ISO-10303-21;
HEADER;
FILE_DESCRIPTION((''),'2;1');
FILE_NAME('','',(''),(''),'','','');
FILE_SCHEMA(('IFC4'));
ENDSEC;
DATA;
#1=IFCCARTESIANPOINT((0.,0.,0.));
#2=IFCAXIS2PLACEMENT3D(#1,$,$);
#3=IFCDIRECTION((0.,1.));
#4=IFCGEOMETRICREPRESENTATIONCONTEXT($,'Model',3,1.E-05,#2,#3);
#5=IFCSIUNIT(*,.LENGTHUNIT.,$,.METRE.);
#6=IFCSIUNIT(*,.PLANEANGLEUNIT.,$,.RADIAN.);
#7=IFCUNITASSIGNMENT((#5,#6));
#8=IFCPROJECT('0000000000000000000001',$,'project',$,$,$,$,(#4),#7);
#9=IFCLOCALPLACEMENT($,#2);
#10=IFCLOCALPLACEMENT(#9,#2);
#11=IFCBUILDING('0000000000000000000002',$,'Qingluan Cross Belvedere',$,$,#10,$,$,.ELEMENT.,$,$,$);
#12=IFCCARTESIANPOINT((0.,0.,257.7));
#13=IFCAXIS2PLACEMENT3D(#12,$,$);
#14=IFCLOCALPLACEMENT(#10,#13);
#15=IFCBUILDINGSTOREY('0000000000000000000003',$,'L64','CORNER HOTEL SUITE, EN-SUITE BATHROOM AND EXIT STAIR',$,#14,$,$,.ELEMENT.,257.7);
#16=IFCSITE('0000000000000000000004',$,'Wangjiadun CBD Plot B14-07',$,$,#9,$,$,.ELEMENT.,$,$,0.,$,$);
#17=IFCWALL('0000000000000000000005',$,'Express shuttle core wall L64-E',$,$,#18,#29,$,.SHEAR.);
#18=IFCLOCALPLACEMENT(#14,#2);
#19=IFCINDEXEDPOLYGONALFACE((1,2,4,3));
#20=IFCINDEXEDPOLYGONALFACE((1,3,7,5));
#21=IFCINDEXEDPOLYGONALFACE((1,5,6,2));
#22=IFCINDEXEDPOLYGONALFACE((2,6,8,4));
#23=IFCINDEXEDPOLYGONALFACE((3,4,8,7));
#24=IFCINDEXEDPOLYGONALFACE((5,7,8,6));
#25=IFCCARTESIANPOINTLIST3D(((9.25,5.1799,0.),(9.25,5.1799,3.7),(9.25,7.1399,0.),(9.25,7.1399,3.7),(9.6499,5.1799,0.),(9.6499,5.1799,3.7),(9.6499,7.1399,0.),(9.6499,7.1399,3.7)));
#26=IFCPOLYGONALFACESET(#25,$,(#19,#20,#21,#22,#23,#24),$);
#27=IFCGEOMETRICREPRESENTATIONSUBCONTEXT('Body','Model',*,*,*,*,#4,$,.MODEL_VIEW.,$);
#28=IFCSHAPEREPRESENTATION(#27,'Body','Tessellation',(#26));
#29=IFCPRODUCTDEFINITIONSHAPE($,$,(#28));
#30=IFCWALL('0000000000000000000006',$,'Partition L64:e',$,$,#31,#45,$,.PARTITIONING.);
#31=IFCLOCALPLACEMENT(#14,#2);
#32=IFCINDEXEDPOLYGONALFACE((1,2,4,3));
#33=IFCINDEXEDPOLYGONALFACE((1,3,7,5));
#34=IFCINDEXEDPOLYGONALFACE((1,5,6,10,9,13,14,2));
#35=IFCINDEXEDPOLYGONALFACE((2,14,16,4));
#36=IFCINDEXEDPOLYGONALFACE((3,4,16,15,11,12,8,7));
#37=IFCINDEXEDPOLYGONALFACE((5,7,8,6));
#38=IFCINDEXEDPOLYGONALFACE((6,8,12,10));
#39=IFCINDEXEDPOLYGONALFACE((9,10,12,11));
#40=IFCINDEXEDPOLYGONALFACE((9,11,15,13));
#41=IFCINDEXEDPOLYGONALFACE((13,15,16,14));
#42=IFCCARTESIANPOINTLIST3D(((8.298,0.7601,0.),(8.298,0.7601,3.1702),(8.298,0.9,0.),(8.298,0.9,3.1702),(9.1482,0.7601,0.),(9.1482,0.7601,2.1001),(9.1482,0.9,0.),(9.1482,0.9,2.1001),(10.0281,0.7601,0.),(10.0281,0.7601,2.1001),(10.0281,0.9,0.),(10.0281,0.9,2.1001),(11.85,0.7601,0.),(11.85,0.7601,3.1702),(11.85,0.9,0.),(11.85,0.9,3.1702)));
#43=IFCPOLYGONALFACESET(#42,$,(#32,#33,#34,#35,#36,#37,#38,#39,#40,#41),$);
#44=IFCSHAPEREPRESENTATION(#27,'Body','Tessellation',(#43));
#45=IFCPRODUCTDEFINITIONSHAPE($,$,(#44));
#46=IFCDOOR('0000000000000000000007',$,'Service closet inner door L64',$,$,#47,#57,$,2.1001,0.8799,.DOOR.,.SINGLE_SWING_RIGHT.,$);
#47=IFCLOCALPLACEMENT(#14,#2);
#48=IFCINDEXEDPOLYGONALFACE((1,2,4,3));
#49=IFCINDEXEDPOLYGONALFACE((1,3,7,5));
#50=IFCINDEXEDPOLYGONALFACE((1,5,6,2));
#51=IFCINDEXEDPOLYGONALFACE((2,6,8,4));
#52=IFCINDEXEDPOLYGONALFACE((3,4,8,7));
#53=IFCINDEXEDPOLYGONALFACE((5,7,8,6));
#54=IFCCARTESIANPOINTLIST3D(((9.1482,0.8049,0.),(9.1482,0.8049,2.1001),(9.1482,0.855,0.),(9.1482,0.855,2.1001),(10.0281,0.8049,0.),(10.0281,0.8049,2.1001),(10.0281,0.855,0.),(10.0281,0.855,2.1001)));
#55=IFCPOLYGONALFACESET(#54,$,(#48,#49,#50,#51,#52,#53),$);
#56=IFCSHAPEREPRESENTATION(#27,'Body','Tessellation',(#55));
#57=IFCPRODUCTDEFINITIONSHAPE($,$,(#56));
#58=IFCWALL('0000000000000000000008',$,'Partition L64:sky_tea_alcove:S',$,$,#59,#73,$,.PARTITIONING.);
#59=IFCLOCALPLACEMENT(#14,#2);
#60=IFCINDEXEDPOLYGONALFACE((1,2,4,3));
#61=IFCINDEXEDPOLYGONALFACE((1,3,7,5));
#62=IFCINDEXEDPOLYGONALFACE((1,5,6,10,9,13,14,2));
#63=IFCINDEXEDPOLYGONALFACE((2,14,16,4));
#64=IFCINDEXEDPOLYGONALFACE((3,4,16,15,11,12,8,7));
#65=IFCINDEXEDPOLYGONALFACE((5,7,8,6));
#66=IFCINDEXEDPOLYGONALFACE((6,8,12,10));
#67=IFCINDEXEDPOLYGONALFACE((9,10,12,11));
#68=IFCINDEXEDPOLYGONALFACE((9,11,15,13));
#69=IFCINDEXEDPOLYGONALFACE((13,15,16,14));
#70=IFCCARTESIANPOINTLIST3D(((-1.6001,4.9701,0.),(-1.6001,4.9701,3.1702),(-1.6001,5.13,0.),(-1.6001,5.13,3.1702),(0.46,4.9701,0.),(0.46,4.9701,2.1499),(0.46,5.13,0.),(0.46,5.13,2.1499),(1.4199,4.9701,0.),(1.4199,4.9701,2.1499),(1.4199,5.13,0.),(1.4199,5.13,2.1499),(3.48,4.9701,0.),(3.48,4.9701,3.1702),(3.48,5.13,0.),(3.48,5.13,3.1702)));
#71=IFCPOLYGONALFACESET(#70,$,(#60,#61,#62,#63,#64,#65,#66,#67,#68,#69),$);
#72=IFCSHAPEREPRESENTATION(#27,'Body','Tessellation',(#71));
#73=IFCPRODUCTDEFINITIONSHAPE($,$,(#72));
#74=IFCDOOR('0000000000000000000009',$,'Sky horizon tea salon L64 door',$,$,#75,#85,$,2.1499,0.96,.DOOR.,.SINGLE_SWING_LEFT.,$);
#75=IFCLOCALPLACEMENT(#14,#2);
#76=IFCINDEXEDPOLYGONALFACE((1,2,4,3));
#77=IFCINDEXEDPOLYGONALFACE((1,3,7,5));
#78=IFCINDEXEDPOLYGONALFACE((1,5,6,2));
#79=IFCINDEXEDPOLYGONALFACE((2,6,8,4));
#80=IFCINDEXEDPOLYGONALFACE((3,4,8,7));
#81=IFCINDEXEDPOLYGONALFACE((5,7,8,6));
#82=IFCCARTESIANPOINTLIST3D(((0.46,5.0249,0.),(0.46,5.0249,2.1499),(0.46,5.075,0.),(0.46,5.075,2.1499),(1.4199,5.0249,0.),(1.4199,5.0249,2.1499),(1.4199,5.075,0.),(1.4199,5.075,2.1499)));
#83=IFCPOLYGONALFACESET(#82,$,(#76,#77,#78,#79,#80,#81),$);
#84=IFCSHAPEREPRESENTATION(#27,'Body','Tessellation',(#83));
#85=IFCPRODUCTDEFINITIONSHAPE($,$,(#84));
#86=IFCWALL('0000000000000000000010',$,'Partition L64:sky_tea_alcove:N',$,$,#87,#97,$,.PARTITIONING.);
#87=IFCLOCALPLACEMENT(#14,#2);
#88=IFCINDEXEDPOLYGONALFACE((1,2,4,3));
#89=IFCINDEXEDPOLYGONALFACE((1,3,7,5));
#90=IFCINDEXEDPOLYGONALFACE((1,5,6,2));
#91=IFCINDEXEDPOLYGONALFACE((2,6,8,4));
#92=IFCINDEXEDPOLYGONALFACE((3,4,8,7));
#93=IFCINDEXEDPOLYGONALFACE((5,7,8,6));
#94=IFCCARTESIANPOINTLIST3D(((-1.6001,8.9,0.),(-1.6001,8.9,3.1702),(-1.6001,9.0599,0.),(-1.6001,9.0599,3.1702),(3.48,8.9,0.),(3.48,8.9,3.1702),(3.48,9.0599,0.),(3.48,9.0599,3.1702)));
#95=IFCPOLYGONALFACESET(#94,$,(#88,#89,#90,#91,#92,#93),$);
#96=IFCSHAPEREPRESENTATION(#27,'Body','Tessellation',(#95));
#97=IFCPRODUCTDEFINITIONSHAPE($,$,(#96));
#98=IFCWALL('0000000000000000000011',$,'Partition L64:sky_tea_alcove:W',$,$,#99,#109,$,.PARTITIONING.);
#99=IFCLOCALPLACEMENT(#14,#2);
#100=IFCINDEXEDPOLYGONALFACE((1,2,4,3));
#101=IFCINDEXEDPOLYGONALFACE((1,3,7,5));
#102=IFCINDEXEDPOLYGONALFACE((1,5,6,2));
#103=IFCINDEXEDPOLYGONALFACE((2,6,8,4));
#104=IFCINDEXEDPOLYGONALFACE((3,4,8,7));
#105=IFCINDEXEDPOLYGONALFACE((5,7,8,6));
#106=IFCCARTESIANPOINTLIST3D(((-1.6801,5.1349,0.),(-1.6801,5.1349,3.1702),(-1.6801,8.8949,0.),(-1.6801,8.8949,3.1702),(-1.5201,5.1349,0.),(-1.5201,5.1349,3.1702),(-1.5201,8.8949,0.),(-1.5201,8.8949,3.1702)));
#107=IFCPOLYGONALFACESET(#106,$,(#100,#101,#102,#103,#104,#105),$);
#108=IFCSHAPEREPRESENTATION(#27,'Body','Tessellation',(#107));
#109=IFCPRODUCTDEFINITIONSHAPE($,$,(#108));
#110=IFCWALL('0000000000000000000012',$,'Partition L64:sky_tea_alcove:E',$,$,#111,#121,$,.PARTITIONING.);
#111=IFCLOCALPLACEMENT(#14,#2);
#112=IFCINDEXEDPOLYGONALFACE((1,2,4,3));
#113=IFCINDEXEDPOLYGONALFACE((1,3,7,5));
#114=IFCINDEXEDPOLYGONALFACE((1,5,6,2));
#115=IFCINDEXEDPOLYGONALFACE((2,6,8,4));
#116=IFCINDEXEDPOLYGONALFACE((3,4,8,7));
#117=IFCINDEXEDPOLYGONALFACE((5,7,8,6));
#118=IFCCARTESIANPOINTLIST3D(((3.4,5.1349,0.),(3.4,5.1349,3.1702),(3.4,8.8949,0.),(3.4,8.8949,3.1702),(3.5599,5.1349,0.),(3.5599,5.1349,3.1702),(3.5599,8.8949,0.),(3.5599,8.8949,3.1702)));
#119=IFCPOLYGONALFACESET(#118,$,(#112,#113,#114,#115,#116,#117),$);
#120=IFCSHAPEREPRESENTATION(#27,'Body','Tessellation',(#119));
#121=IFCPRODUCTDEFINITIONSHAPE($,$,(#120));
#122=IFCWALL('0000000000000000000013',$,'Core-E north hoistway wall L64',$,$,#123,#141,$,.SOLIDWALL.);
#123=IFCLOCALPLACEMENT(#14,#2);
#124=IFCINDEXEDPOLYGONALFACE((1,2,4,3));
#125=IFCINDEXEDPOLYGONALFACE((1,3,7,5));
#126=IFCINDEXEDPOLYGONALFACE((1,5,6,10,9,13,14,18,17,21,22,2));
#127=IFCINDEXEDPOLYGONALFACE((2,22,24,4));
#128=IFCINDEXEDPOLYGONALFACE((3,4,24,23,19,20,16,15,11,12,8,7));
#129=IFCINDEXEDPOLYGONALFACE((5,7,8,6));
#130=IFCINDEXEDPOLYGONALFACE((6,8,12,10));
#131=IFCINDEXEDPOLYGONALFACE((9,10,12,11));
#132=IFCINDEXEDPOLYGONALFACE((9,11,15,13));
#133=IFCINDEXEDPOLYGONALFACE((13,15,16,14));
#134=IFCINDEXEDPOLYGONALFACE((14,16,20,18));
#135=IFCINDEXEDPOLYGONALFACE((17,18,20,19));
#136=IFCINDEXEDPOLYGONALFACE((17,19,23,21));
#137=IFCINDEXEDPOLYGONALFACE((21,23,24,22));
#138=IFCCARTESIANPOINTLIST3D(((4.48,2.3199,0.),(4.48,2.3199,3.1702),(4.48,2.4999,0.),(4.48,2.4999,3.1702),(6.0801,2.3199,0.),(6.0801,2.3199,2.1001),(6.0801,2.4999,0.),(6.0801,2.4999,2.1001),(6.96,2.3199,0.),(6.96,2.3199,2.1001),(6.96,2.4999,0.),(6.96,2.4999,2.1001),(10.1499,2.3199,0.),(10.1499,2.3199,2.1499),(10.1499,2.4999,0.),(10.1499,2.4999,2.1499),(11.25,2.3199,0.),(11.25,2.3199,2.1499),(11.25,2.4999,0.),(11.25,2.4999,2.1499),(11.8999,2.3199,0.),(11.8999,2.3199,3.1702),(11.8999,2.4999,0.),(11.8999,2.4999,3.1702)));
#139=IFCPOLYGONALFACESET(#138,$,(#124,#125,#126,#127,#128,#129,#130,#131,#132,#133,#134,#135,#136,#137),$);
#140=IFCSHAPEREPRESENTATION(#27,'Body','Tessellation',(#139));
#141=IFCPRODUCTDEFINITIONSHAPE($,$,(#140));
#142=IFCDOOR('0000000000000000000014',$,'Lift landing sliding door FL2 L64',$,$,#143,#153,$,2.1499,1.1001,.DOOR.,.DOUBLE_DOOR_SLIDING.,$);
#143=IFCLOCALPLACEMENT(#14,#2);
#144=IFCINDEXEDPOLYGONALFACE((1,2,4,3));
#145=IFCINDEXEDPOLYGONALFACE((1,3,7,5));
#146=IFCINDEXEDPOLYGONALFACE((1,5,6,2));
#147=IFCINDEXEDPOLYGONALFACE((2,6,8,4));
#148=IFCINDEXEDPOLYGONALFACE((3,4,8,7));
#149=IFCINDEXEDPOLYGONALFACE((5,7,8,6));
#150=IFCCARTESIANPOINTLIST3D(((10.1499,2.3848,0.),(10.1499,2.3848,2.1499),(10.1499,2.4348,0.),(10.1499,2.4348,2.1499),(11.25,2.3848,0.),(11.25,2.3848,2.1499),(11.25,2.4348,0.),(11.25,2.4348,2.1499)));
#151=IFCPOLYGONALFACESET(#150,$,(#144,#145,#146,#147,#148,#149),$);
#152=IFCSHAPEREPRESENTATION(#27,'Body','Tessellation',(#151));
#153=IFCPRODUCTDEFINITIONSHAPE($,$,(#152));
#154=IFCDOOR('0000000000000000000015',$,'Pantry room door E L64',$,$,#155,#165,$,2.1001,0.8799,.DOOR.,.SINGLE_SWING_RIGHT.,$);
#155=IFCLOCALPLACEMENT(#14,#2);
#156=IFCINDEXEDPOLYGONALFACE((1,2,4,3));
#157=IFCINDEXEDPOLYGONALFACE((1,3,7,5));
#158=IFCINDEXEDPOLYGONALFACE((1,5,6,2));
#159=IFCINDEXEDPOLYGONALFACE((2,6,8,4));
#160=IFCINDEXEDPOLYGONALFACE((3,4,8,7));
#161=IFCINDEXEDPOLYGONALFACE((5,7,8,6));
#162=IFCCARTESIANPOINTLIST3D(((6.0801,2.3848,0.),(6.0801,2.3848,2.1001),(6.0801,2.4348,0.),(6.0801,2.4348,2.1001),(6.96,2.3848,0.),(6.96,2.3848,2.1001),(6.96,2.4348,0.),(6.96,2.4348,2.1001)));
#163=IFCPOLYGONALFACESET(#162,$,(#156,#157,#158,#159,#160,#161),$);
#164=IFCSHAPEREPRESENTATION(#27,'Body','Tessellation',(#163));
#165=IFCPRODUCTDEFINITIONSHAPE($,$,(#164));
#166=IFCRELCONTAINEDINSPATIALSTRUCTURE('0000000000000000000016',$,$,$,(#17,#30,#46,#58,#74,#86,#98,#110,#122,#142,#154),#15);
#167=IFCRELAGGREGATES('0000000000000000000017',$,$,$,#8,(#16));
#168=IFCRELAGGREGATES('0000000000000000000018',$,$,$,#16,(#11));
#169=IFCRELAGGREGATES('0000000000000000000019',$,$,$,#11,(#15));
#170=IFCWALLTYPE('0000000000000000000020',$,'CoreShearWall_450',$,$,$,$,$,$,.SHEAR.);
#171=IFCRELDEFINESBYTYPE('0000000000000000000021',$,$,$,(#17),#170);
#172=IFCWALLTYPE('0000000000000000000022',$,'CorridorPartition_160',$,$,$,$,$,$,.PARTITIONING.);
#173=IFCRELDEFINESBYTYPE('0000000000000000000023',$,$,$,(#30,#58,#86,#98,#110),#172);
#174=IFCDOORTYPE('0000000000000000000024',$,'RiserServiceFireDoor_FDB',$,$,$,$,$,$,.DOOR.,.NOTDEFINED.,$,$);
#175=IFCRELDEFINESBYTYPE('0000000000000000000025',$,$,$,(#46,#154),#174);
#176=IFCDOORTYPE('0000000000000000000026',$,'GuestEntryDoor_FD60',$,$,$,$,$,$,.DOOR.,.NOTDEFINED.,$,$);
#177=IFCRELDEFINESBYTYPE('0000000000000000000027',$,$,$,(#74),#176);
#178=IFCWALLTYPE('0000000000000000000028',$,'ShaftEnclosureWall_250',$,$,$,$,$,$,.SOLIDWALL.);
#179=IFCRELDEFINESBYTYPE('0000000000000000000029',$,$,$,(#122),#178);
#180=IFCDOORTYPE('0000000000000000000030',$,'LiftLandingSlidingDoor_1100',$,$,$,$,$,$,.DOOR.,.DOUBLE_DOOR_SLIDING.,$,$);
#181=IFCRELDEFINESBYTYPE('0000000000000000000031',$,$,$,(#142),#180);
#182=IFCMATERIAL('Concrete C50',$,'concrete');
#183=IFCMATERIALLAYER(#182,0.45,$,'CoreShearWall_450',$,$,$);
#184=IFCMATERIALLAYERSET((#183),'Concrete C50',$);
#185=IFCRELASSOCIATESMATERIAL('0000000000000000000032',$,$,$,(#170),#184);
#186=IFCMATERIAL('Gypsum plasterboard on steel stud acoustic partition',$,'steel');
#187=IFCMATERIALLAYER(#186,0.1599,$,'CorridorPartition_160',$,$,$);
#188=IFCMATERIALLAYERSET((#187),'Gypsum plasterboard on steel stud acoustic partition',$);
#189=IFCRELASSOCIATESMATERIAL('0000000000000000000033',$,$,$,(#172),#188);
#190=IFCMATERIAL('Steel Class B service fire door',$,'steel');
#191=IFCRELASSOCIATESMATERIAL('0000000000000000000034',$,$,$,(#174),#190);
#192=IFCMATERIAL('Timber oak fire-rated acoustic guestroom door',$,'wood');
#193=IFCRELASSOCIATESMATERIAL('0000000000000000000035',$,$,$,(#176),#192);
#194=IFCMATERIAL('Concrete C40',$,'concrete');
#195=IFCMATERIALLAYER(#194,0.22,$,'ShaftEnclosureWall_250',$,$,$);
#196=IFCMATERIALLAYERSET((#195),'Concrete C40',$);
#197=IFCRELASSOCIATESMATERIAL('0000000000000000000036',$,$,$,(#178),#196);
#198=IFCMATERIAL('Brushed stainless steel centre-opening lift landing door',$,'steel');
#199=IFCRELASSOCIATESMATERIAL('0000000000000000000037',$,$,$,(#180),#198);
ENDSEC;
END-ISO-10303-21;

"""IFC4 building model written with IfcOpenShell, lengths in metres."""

from ifc_helpers import new_model, si_unit, direction, frame, frame_2d, origin, place, context, subcontext, project, spatial, rectangle, extrude, material, layer, layer_set, type_object, element, fill, save


model = new_model("IFC4")

# Units and contexts
model_context = context("Model", 3, precision=1e-05, world=origin(), true_north=direction((0.0, 1.0)))
body_context = subcontext(model_context, "Body", "Model", "MODEL_VIEW")
ifc_project = project(units=[si_unit("LENGTHUNIT", "METRE"), si_unit("PLANEANGLEUNIT", "RADIAN")], contexts=[model_context])

# Site, building, storey
site_placement = place(None, origin())
site = spatial("IfcSite", under=ifc_project, at=site_placement, Name="Wangjiadun CBD Plot B14-07", CompositionType="ELEMENT", RefElevation=0.0)
building_placement = place(site_placement, origin())
building = spatial("IfcBuilding", under=site, at=building_placement, Name="Qingluan Cross Belvedere", CompositionType="ELEMENT")
storey_placement = place(building_placement, frame((0.0, 0.0, 257.7)))
storey = spatial("IfcBuildingStorey", under=building, at=storey_placement, Name="L64", Description="CORNER HOTEL SUITE, EN-SUITE BATHROOM AND EXIT STAIR", CompositionType="ELEMENT", Elevation=257.7)

# Wall
ifc_material_1 = material(Name="Concrete C50", Category="concrete")
ifc_layer_1 = layer(ifc_material_1, 0.45, Name="CoreShearWall_450")
ifc_layer_set_1 = layer_set([ifc_layer_1], Name="Concrete C50")
wall_type_1 = type_object("IfcWallType", Name="CoreShearWall_450", PredefinedType="SHEAR", material=ifc_layer_set_1)
wall_1_placement = place(storey_placement, frame((9.45, 5.1799, 0.0), z_axis=(0.0, 0.0, 1.0), x_axis=(0.0, 1.0, 0.0)))
element("IfcWall", 1, at=wall_1_placement, inside=storey, type_object=wall_type_1, Name="Express shuttle core wall L64-E", PredefinedType="SHEAR", context=body_context, shape_type="SweptSolid", body=[
    extrude(rectangle(XDim=1.96, YDim=0.3999, at=frame_2d((0.98, 0.0))), origin(), (0.0, 0.0, 1.0), 3.7),
])

# Walls, openings, doors
ifc_material_2 = material(Name="Gypsum plasterboard on steel stud acoustic partition", Category="steel")
ifc_layer_2 = layer(ifc_material_2, 0.1599, Name="CorridorPartition_160")
ifc_layer_set_2 = layer_set([ifc_layer_2], Name="Gypsum plasterboard on steel stud acoustic partition")
wall_type_2 = type_object("IfcWallType", Name="CorridorPartition_160", PredefinedType="PARTITIONING", material=ifc_layer_set_2)
wall_2_placement = place(storey_placement, frame((8.2981, 0.8301, 0.0), z_axis=(0.0, 0.0, 1.0), x_axis=(1.0, 0.0, 0.0)))
wall_2 = element("IfcWall", 2, at=wall_2_placement, inside=storey, type_object=wall_type_2, Name="Partition L64:e", PredefinedType="PARTITIONING", context=body_context, shape_type="SweptSolid", body=[
    extrude(rectangle(XDim=3.552, YDim=0.1399, at=frame_2d((1.7759, 0.0))), origin(), (0.0, 0.0, 1.0), 3.1702),
])
opening_1_placement = place(wall_2_placement, frame((0.8501, 0.0, 0.0)))
opening_1 = element("IfcOpeningElement", 3, at=opening_1_placement, cuts=wall_2, PredefinedType="OPENING", context=body_context, shape_type="SweptSolid", body=[
    extrude(rectangle(XDim=0.8799, YDim=2.1001, at=frame_2d((0.4399, 1.05))), frame((0.0, 0.0798, 0.0), z_axis=(0.0, -1.0, 0.0), x_axis=(1.0, 0.0, 0.0)), (0.0, 0.0, 1.0), 0.1599),
])
ifc_material_3 = material(Name="Steel Class B service fire door", Category="steel")
door_type_1 = type_object("IfcDoorType", Name="RiserServiceFireDoor_FDB", OperationType="NOTDEFINED", PredefinedType="DOOR", material=ifc_material_3)
door_1_placement = place(opening_1_placement, origin())
door_1 = element("IfcDoor", 4, at=door_1_placement, inside=storey, type_object=door_type_1, Name="Service closet inner door L64", OperationType="SINGLE_SWING_RIGHT", OverallHeight=2.1001, OverallWidth=0.8799, PredefinedType="DOOR", context=body_context, shape_type="SweptSolid", body=[
    extrude(rectangle(XDim=0.8799, YDim=2.1001, at=frame_2d((0.4399, 1.05))), frame((0.0, 0.0249, 0.0), z_axis=(0.0, -1.0, 0.0), x_axis=(1.0, 0.0, 0.0)), (0.0, 0.0, 1.0), 0.05),
])
fill(opening_1, door_1)
ifc_material_4 = material(Name="Timber oak fire-rated acoustic guestroom door", Category="wood")
door_type_2 = type_object("IfcDoorType", Name="GuestEntryDoor_FD60", OperationType="NOTDEFINED", PredefinedType="DOOR", material=ifc_material_4)
wall_3_placement = place(storey_placement, frame((-1.6001, 5.05, 0.0), z_axis=(0.0, 0.0, 1.0), x_axis=(1.0, 0.0, 0.0)))
wall_3 = element("IfcWall", 5, at=wall_3_placement, inside=storey, type_object=wall_type_2, Name="Partition L64:sky_tea_alcove:S", PredefinedType="PARTITIONING", context=body_context, shape_type="SweptSolid", body=[
    extrude(rectangle(XDim=5.0801, YDim=0.1599, at=frame_2d((2.54, 0.0))), origin(), (0.0, 0.0, 1.0), 3.1702),
])
opening_2_placement = place(wall_3_placement, frame((2.0601, 0.0, 0.0)))
opening_2 = element("IfcOpeningElement", 6, at=opening_2_placement, cuts=wall_3, PredefinedType="OPENING", context=body_context, shape_type="SweptSolid", body=[
    extrude(rectangle(XDim=0.96, YDim=2.1499, at=frame_2d((0.48, 1.075))), frame((0.0, 0.0898, 0.0), z_axis=(0.0, -1.0, 0.0), x_axis=(1.0, 0.0, 0.0)), (0.0, 0.0, 1.0), 0.1799),
])
door_2_placement = place(opening_2_placement, origin())
door_2 = element("IfcDoor", 7, at=door_2_placement, inside=storey, type_object=door_type_2, Name="Sky horizon tea salon L64 door", OperationType="SINGLE_SWING_LEFT", OverallHeight=2.1499, OverallWidth=0.96, PredefinedType="DOOR", context=body_context, shape_type="SweptSolid", body=[
    extrude(rectangle(XDim=0.96, YDim=2.1499, at=frame_2d((0.48, 1.075))), frame((0.0, 0.0249, 0.0), z_axis=(0.0, -1.0, 0.0), x_axis=(1.0, 0.0, 0.0)), (0.0, 0.0, 1.0), 0.05),
])
fill(opening_2, door_2)

# Walls
wall_4_placement = place(storey_placement, frame((-1.6001, 8.98, 0.0), z_axis=(0.0, 0.0, 1.0), x_axis=(1.0, 0.0, 0.0)))
element("IfcWall", 8, at=wall_4_placement, inside=storey, type_object=wall_type_2, Name="Partition L64:sky_tea_alcove:N", PredefinedType="PARTITIONING", context=body_context, shape_type="SweptSolid", body=[
    extrude(rectangle(XDim=5.0801, YDim=0.1599, at=frame_2d((2.54, 0.0))), origin(), (0.0, 0.0, 1.0), 3.1702),
])
for number, where, z_axis, x_axis, name in (
    (9, (-1.6001, 5.135, 0.0), (0.0, 0.0, 1.0), (0.0, 1.0, 0.0), "Partition L64:sky_tea_alcove:W"),
    (10, (3.48, 5.135, 0.0), (0.0, 0.0, 1.0), (0.0, 1.0, 0.0), "Partition L64:sky_tea_alcove:E"),
):
    element("IfcWall", number, at=place(storey_placement, frame(where, z_axis=z_axis, x_axis=x_axis)), inside=storey, type_object=wall_type_2, Name=name, PredefinedType="PARTITIONING", context=body_context, shape_type="SweptSolid", body=[
        extrude(rectangle(XDim=3.76, YDim=0.1599, at=frame_2d((1.8799, 0.0))), origin(), (0.0, 0.0, 1.0), 3.1702),
    ])

# Wall, openings, doors
ifc_material_5 = material(Name="Concrete C40", Category="concrete")
ifc_layer_3 = layer(ifc_material_5, 0.22, Name="ShaftEnclosureWall_250")
ifc_layer_set_3 = layer_set([ifc_layer_3], Name="Concrete C40")
wall_type_3 = type_object("IfcWallType", Name="ShaftEnclosureWall_250", PredefinedType="SOLIDWALL", material=ifc_layer_set_3)
wall_5_placement = place(storey_placement, frame((4.48, 2.4099, 0.0), z_axis=(0.0, 0.0, 1.0), x_axis=(1.0, 0.0, 0.0)))
wall_5 = element("IfcWall", 11, at=wall_5_placement, inside=storey, type_object=wall_type_3, Name="Core-E north hoistway wall L64", PredefinedType="SOLIDWALL", context=body_context, shape_type="SweptSolid", body=[
    extrude(rectangle(XDim=7.4199, YDim=0.1799, at=frame_2d((3.71, 0.0))), origin(), (0.0, 0.0, 1.0), 3.1702),
])
opening_3_placement = place(wall_5_placement, frame((5.6699, 0.0, 0.0)))
opening_3 = element("IfcOpeningElement", 12, at=opening_3_placement, cuts=wall_5, PredefinedType="OPENING", context=body_context, shape_type="SweptSolid", body=[
    extrude(rectangle(XDim=1.1001, YDim=2.1499, at=frame_2d((0.55, 1.075))), frame((0.0, 0.0999, 0.0), z_axis=(0.0, -1.0, 0.0), x_axis=(1.0, 0.0, 0.0)), (0.0, 0.0, 1.0), 0.2),
])
opening_4_placement = place(wall_5_placement, frame((1.6001, 0.0, 0.0)))
opening_4 = element("IfcOpeningElement", 13, at=opening_4_placement, cuts=wall_5, PredefinedType="OPENING", context=body_context, shape_type="SweptSolid", body=[
    extrude(rectangle(XDim=0.8799, YDim=2.1001, at=frame_2d((0.4399, 1.05))), frame((0.0, 0.0999, 0.0), z_axis=(0.0, -1.0, 0.0), x_axis=(1.0, 0.0, 0.0)), (0.0, 0.0, 1.0), 0.2),
])
ifc_material_6 = material(Name="Brushed stainless steel centre-opening lift landing door", Category="steel")
door_type_3 = type_object("IfcDoorType", Name="LiftLandingSlidingDoor_1100", OperationType="DOUBLE_DOOR_SLIDING", PredefinedType="DOOR", material=ifc_material_6)
door_3_placement = place(opening_3_placement, origin())
door_3 = element("IfcDoor", 14, at=door_3_placement, inside=storey, type_object=door_type_3, Name="Lift landing sliding door FL2 L64", OperationType="DOUBLE_DOOR_SLIDING", OverallHeight=2.1499, OverallWidth=1.1001, PredefinedType="DOOR", context=body_context, shape_type="SweptSolid", body=[
    extrude(rectangle(XDim=1.1001, YDim=2.1499, at=frame_2d((0.55, 1.075))), frame((0.0, 0.0249, 0.0), z_axis=(0.0, -1.0, 0.0), x_axis=(1.0, 0.0, 0.0)), (0.0, 0.0, 1.0), 0.05),
])
fill(opening_3, door_3)
door_4_placement = place(opening_4_placement, origin())
door_4 = element("IfcDoor", 15, at=door_4_placement, inside=storey, type_object=door_type_1, Name="Pantry room door E L64", OperationType="SINGLE_SWING_RIGHT", OverallHeight=2.1001, OverallWidth=0.8799, PredefinedType="DOOR", context=body_context, shape_type="SweptSolid", body=[
    extrude(rectangle(XDim=0.8799, YDim=2.1001, at=frame_2d((0.4399, 1.05))), frame((0.0, 0.0249, 0.0), z_axis=(0.0, -1.0, 0.0), x_axis=(1.0, 0.0, 0.0)), (0.0, 0.0, 1.0), 0.05),
])
fill(opening_4, door_4)

save(model, "model.ifc")
